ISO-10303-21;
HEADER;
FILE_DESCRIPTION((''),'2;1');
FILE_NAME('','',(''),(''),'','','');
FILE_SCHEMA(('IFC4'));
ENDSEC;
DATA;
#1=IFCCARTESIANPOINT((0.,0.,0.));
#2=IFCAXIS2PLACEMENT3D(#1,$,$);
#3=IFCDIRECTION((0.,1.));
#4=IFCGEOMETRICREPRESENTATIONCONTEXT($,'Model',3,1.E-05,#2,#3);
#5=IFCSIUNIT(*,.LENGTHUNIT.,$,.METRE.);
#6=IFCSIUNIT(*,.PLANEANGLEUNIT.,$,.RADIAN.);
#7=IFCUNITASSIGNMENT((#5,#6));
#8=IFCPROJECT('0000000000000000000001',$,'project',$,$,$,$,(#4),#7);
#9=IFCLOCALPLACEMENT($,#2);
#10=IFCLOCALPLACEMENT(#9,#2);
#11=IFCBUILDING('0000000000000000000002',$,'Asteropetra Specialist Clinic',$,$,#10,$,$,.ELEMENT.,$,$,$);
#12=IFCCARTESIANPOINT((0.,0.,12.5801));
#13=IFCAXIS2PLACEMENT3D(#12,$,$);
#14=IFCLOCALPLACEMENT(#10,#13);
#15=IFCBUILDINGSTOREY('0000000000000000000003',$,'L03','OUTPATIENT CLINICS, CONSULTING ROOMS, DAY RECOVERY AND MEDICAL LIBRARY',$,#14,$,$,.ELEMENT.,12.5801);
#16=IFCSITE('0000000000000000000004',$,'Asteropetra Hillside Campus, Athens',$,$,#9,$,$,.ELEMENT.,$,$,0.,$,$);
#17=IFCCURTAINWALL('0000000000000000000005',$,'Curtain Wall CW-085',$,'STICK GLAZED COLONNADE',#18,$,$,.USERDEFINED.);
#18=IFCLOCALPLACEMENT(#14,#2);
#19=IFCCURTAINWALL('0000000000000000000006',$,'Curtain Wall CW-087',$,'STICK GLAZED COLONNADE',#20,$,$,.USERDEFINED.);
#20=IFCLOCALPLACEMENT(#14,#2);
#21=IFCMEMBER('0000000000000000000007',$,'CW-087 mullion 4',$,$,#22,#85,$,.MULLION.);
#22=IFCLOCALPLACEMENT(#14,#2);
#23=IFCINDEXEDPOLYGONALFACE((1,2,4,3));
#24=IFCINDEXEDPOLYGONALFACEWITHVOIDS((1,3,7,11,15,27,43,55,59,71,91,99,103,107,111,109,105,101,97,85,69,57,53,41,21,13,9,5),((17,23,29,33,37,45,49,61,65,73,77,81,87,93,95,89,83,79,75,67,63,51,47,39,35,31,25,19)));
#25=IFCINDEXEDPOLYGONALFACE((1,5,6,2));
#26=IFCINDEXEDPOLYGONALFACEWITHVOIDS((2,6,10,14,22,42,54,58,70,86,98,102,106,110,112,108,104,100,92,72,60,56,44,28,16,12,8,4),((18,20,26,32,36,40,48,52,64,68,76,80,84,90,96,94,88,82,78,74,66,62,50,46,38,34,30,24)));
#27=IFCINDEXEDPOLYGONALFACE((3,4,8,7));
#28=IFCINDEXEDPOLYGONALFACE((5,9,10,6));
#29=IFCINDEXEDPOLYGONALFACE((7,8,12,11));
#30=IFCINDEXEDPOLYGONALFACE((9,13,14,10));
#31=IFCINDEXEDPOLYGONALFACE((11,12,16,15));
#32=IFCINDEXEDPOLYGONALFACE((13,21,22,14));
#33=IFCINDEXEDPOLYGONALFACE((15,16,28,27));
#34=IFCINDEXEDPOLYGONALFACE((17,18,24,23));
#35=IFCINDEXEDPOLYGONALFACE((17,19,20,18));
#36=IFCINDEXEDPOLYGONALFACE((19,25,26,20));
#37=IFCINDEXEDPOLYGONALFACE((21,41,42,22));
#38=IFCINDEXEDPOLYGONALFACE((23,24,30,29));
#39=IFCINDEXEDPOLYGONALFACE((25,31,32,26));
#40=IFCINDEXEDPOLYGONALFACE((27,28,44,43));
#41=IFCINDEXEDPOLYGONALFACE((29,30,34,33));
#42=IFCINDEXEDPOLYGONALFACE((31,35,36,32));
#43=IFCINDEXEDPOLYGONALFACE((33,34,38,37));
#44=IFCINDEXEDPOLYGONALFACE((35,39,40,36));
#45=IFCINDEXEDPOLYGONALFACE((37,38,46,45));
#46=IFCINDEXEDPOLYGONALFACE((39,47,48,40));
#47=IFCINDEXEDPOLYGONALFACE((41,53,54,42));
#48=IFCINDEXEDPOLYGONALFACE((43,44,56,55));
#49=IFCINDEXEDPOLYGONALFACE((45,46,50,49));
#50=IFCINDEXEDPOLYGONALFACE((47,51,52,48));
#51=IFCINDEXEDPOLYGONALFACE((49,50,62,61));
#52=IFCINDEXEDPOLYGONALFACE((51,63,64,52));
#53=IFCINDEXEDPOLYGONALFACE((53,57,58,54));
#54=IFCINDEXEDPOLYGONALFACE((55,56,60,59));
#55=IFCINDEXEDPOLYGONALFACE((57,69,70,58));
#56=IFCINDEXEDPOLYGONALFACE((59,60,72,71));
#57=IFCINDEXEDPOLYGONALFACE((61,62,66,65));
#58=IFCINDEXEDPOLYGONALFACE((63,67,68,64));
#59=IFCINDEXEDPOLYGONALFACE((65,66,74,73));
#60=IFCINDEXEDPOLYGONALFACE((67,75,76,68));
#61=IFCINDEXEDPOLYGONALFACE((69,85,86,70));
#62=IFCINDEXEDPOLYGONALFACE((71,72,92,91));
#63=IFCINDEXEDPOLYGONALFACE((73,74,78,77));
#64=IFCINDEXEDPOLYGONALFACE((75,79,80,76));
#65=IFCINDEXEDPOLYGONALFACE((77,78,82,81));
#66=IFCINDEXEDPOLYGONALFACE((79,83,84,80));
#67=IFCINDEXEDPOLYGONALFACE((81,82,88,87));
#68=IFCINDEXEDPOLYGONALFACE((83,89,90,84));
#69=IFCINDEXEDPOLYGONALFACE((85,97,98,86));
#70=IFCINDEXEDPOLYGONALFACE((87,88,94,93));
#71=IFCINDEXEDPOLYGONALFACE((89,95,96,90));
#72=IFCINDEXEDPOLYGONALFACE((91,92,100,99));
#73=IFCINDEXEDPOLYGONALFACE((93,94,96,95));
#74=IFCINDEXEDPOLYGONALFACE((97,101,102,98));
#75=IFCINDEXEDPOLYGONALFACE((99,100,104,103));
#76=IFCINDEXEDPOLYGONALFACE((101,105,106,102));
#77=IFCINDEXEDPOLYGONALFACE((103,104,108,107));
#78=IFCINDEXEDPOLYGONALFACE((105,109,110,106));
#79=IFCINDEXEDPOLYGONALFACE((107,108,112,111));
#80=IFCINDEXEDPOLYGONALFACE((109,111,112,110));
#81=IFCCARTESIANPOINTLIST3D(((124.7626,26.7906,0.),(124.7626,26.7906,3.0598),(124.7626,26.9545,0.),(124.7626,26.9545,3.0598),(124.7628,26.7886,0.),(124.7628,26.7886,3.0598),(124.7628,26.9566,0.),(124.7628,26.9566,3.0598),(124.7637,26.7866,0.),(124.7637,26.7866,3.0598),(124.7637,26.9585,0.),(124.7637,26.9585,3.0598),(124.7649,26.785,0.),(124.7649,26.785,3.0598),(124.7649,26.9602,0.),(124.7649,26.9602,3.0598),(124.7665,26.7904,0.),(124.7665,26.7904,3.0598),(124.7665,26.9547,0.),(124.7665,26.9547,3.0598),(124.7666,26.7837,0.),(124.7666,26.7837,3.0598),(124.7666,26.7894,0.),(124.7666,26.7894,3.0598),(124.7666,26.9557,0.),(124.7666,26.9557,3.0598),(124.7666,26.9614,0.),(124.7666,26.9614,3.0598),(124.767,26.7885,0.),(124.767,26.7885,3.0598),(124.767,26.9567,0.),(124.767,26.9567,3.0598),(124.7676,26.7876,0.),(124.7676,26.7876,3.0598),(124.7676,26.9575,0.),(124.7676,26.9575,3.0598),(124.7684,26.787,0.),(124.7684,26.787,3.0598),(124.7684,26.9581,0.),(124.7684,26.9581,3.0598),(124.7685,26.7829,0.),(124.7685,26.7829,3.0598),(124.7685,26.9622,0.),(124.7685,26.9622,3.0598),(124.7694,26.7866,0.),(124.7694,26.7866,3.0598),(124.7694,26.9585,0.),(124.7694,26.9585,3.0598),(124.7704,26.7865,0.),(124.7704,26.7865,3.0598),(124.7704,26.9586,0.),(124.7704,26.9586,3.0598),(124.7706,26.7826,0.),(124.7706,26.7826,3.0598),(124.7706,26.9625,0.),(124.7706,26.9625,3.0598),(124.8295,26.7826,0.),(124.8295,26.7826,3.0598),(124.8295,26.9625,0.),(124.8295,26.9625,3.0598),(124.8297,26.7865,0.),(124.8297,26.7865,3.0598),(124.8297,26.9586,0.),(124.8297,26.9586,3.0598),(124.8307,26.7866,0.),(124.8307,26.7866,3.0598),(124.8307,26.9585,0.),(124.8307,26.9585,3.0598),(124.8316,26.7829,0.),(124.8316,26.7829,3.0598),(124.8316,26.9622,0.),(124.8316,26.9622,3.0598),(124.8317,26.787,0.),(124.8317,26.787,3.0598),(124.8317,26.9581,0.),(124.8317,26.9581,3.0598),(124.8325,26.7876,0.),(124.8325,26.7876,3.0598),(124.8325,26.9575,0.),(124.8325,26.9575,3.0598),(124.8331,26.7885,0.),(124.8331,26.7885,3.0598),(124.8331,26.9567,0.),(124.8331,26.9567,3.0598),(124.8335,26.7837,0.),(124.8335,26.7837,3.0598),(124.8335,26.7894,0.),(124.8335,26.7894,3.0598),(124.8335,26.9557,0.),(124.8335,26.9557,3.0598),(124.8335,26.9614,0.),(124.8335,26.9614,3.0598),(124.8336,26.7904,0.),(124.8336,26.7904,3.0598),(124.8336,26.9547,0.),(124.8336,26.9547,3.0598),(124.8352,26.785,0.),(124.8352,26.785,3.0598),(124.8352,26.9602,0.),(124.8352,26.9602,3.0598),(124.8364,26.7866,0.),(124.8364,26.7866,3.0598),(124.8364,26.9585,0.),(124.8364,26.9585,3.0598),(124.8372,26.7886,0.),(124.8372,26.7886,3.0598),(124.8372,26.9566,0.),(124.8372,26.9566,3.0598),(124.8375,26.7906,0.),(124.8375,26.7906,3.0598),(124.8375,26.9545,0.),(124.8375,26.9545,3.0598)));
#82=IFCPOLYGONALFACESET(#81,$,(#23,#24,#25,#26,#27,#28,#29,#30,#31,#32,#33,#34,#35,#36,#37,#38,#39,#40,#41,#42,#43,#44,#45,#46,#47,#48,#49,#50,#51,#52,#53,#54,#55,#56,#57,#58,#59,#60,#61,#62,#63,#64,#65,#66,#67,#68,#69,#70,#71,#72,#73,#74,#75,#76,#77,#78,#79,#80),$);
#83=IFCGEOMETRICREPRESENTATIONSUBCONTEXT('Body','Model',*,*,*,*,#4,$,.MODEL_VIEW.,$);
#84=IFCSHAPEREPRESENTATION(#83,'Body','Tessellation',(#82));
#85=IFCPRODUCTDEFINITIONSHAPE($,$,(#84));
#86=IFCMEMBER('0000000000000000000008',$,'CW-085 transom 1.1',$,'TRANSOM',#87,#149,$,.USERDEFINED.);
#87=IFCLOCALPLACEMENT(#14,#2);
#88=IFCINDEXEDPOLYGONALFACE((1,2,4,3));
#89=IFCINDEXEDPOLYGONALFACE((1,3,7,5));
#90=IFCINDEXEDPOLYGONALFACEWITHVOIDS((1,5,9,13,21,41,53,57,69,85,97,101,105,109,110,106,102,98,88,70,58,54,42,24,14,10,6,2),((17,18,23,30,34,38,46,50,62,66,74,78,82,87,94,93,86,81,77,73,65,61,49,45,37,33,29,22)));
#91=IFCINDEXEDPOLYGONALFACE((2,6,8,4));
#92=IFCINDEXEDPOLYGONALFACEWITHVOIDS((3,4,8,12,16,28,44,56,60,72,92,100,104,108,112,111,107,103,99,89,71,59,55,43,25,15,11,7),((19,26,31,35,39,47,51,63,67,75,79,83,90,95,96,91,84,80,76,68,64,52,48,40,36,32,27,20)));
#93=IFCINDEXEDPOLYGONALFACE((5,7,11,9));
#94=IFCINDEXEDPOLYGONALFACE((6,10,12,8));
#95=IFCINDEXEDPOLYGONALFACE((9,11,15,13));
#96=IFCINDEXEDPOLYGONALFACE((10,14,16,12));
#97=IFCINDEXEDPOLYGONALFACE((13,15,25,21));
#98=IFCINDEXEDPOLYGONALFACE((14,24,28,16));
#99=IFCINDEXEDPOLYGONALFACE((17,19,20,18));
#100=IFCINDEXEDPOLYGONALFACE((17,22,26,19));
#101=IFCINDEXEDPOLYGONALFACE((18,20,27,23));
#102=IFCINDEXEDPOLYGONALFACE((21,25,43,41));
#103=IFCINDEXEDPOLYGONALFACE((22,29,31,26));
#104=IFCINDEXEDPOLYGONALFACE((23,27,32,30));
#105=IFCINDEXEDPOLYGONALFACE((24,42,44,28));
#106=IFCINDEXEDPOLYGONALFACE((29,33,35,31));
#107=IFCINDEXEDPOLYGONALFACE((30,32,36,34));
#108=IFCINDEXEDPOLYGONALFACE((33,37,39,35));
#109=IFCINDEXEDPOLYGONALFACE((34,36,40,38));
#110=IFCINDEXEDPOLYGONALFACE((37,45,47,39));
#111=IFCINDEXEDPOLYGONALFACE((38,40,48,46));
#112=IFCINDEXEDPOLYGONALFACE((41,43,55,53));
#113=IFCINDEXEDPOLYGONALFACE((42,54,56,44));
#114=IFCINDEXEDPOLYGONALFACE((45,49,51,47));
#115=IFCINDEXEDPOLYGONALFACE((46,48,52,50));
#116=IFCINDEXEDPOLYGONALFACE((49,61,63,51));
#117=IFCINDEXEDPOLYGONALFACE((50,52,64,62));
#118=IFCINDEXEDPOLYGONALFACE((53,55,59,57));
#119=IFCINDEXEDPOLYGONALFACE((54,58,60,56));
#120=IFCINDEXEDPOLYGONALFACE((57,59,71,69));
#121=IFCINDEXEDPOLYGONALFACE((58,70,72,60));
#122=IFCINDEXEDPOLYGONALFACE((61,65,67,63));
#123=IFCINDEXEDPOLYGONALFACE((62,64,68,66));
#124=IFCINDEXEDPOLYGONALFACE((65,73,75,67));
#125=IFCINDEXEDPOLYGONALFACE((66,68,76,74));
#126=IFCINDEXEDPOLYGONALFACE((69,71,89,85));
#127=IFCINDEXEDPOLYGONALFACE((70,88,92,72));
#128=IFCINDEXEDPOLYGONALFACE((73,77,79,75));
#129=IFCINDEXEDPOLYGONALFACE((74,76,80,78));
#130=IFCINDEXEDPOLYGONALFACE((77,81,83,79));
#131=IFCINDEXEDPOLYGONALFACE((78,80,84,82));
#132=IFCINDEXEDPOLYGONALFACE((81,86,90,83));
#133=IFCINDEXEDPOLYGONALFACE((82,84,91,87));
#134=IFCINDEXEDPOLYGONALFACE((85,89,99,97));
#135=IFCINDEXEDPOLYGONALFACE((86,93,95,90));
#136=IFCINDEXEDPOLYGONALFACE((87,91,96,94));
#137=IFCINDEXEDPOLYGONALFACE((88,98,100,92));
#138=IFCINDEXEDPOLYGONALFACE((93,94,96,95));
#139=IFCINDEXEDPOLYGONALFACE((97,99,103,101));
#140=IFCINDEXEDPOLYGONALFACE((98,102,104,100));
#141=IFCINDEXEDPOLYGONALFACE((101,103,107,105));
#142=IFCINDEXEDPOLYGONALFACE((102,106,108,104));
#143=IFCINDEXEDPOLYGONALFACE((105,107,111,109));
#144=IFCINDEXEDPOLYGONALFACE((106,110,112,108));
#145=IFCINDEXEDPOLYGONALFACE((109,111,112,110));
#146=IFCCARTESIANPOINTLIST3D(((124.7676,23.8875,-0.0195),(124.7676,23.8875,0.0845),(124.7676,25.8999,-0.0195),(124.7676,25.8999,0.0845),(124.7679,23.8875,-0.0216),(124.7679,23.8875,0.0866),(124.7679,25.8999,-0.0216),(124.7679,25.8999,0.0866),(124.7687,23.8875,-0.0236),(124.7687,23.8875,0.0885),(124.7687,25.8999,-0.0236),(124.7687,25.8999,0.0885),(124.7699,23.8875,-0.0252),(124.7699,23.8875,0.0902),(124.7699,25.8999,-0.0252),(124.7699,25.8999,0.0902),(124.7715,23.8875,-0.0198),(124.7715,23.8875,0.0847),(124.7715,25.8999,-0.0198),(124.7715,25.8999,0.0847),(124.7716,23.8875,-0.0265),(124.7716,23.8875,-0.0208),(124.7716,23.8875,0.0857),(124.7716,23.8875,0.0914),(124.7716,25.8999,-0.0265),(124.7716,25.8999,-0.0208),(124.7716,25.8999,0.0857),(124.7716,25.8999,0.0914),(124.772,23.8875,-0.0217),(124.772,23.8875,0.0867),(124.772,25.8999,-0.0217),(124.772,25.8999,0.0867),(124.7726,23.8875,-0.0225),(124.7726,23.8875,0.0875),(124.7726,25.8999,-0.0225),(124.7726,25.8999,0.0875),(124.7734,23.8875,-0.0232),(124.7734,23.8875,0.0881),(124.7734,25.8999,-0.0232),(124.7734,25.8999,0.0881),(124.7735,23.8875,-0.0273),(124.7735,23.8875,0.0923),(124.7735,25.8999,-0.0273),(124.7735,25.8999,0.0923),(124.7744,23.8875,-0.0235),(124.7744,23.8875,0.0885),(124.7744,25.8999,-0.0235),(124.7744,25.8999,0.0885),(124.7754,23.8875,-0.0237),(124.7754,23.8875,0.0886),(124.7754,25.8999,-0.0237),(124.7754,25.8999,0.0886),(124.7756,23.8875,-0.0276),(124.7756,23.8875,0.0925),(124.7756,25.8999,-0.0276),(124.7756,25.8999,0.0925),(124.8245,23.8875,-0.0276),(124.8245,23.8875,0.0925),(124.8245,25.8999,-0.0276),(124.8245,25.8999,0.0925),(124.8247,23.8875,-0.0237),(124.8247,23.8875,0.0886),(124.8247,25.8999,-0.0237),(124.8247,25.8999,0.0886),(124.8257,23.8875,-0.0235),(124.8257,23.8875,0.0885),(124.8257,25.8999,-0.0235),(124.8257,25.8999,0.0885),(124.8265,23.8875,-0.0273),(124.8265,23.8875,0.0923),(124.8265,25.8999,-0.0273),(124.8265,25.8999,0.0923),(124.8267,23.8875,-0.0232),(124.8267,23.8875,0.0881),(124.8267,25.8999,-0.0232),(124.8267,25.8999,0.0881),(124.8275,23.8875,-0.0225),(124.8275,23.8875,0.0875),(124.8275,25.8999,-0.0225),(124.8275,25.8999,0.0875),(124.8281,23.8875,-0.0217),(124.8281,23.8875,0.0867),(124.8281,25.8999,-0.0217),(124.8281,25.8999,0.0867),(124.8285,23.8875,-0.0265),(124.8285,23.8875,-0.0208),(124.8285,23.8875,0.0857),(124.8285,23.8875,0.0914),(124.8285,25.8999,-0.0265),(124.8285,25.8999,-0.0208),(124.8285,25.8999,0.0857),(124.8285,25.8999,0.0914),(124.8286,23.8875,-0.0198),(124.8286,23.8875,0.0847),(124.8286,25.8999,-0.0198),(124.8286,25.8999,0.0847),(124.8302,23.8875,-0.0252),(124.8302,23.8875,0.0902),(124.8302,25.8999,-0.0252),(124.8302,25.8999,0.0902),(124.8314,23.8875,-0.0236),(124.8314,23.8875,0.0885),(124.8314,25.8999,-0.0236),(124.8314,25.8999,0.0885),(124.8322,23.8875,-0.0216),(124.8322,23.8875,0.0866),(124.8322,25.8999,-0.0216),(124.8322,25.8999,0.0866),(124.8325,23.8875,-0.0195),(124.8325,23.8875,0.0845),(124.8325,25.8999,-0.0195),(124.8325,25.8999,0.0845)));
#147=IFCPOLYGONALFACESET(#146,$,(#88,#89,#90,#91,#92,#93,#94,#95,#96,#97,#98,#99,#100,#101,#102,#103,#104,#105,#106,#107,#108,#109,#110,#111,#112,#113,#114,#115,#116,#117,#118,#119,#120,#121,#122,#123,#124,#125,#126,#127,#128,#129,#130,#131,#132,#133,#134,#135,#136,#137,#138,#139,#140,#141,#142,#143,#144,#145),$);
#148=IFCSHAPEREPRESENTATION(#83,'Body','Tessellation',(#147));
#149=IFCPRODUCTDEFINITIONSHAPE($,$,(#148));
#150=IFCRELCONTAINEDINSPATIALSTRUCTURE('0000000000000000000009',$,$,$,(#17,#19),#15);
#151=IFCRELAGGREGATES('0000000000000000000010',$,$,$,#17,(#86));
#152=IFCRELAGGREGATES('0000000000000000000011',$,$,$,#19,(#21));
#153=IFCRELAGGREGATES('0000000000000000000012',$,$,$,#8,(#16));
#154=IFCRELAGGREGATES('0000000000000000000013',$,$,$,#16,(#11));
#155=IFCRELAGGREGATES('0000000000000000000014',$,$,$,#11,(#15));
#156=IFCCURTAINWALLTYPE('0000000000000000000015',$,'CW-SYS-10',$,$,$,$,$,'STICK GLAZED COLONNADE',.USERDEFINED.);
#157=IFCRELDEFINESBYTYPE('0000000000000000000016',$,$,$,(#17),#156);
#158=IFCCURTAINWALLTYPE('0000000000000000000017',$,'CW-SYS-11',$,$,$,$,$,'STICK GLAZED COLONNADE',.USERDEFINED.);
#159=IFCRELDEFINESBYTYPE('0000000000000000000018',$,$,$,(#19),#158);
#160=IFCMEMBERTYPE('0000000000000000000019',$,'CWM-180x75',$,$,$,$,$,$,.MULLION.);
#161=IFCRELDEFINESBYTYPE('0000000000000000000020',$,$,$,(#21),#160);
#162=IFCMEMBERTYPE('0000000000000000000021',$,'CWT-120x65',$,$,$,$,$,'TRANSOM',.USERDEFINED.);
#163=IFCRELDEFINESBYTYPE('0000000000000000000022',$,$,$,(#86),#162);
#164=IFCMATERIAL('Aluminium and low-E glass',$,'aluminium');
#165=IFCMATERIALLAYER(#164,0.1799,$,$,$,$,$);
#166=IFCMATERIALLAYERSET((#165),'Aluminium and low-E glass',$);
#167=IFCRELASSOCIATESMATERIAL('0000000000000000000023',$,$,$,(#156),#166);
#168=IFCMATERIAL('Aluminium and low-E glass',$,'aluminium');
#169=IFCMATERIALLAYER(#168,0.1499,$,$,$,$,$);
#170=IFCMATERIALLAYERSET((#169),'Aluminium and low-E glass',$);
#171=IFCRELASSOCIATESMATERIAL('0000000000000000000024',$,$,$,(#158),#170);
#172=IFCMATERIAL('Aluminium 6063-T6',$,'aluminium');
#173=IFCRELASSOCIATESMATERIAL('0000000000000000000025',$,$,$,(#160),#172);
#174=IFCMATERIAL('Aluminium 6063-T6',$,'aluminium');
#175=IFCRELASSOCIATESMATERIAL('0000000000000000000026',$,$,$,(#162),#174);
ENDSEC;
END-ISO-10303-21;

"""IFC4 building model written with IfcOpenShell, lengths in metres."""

from ifc_helpers import new_model, si_unit, direction, frame, origin, origin_2d, place, context, subcontext, project, spatial, hollow_rectangle, extrude, material, layer, layer_set, material_profile, profile_set, type_object, element, aggregate, save


model = new_model("IFC4")

# Units and contexts
model_context = context("Model", 3, precision=1e-05, world=origin(), true_north=direction((0.0, 1.0)))
body_context = subcontext(model_context, "Body", "Model", "MODEL_VIEW")
ifc_project = project(units=[si_unit("LENGTHUNIT", "METRE"), si_unit("PLANEANGLEUNIT", "RADIAN")], contexts=[model_context])

# Site, building, storey
site_placement = place(None, origin())
site = spatial("IfcSite", under=ifc_project, at=site_placement, Name="Asteropetra Hillside Campus, Athens", CompositionType="ELEMENT", RefElevation=0.0)
building_placement = place(site_placement, origin())
building = spatial("IfcBuilding", under=site, at=building_placement, Name="Asteropetra Specialist Clinic", CompositionType="ELEMENT")
storey_placement = place(building_placement, frame((0.0, 0.0, 12.5801)))
storey = spatial("IfcBuildingStorey", under=building, at=storey_placement, Name="L03", Description="OUTPATIENT CLINICS, CONSULTING ROOMS, DAY RECOVERY AND MEDICAL LIBRARY", CompositionType="ELEMENT", Elevation=12.5801)

# Curtain walls, member
ifc_material_1 = material(Name="Aluminium and low-E glass", Category="aluminium")
ifc_layer_1 = layer(ifc_material_1, 0.1799)
ifc_layer_set_1 = layer_set([ifc_layer_1], Name="Aluminium and low-E glass")
curtain_wall_type_1 = type_object("IfcCurtainWallType", Name="CW-SYS-10", ElementType="STICK GLAZED COLONNADE", PredefinedType="USERDEFINED", material=ifc_layer_set_1)
curtain_wall_1_placement = place(storey_placement, origin())
curtain_wall_1 = element("IfcCurtainWall", 1, at=curtain_wall_1_placement, inside=storey, type_object=curtain_wall_type_1, Name="Curtain Wall CW-085", ObjectType="STICK GLAZED COLONNADE", PredefinedType="USERDEFINED")
ifc_material_2 = material(Name="Aluminium and low-E glass", Category="aluminium")
ifc_layer_2 = layer(ifc_material_2, 0.1499)
ifc_layer_set_2 = layer_set([ifc_layer_2], Name="Aluminium and low-E glass")
curtain_wall_type_2 = type_object("IfcCurtainWallType", Name="CW-SYS-11", ElementType="STICK GLAZED COLONNADE", PredefinedType="USERDEFINED", material=ifc_layer_set_2)
curtain_wall_2_placement = place(storey_placement, origin())
curtain_wall_2 = element("IfcCurtainWall", 2, at=curtain_wall_2_placement, inside=storey, type_object=curtain_wall_type_2, Name="Curtain Wall CW-087", ObjectType="STICK GLAZED COLONNADE", PredefinedType="USERDEFINED")
ifc_material_3 = material(Name="Aluminium 6063-T6", Category="aluminium")
ifc_material_profile_1 = material_profile(ifc_material_3, hollow_rectangle(XDim=0.075, YDim=0.1799, WallThickness=0.0039, InnerFilletRadius=0.0039, OuterFilletRadius=0.0081, at=origin_2d()), Name="MUL 180x75x4.0")
ifc_profile_set_1 = profile_set([ifc_material_profile_1], Name="Aluminium 6063-T6")
member_type_1 = type_object("IfcMemberType", Name="CWM-180x75", PredefinedType="MULLION", material=ifc_profile_set_1)
member_1_placement = place(storey_placement, frame((124.8, 26.8726, 0.0), z_axis=(0.0, 0.0, 1.0), x_axis=(1.0, 0.0, 0.0)))
member_1 = element("IfcMember", 3, at=member_1_placement, type_object=member_type_1, Name="CW-087 mullion 4", PredefinedType="MULLION", context=body_context, shape_type="SweptSolid", body=[
    extrude(hollow_rectangle(XDim=0.075, YDim=0.1799, WallThickness=0.0039, InnerFilletRadius=0.0039, OuterFilletRadius=0.0081, at=origin_2d()), origin(), (0.0, 0.0, 1.0), 3.0598),
])

# Member
ifc_material_4 = material(Name="Aluminium 6063-T6", Category="aluminium")
ifc_material_profile_2 = material_profile(ifc_material_4, hollow_rectangle(XDim=0.0649, YDim=0.1201, WallThickness=0.0039, InnerFilletRadius=0.0039, OuterFilletRadius=0.0081, at=origin_2d()), Name="TRN 120x65x4.0")
ifc_profile_set_2 = profile_set([ifc_material_profile_2], Name="Aluminium 6063-T6")
member_type_2 = type_object("IfcMemberType", Name="CWT-120x65", ElementType="TRANSOM", PredefinedType="USERDEFINED", material=ifc_profile_set_2)
member_2_placement = place(storey_placement, frame((124.8, 25.8999, 0.0325), z_axis=(0.0, -1.0, 0.0), x_axis=(1.0, 0.0, 0.0)))
member_2 = element("IfcMember", 4, at=member_2_placement, type_object=member_type_2, Name="CW-085 transom 1.1", ObjectType="TRANSOM", PredefinedType="USERDEFINED", context=body_context, shape_type="SweptSolid", body=[
    extrude(hollow_rectangle(XDim=0.0649, YDim=0.1201, WallThickness=0.0039, InnerFilletRadius=0.0039, OuterFilletRadius=0.0081, at=origin_2d()), origin(), (0.0, 0.0, 1.0), 2.0125),
])

aggregate(curtain_wall_1, [member_2])
aggregate(curtain_wall_2, [member_1])

save(model, "model.ifc")
